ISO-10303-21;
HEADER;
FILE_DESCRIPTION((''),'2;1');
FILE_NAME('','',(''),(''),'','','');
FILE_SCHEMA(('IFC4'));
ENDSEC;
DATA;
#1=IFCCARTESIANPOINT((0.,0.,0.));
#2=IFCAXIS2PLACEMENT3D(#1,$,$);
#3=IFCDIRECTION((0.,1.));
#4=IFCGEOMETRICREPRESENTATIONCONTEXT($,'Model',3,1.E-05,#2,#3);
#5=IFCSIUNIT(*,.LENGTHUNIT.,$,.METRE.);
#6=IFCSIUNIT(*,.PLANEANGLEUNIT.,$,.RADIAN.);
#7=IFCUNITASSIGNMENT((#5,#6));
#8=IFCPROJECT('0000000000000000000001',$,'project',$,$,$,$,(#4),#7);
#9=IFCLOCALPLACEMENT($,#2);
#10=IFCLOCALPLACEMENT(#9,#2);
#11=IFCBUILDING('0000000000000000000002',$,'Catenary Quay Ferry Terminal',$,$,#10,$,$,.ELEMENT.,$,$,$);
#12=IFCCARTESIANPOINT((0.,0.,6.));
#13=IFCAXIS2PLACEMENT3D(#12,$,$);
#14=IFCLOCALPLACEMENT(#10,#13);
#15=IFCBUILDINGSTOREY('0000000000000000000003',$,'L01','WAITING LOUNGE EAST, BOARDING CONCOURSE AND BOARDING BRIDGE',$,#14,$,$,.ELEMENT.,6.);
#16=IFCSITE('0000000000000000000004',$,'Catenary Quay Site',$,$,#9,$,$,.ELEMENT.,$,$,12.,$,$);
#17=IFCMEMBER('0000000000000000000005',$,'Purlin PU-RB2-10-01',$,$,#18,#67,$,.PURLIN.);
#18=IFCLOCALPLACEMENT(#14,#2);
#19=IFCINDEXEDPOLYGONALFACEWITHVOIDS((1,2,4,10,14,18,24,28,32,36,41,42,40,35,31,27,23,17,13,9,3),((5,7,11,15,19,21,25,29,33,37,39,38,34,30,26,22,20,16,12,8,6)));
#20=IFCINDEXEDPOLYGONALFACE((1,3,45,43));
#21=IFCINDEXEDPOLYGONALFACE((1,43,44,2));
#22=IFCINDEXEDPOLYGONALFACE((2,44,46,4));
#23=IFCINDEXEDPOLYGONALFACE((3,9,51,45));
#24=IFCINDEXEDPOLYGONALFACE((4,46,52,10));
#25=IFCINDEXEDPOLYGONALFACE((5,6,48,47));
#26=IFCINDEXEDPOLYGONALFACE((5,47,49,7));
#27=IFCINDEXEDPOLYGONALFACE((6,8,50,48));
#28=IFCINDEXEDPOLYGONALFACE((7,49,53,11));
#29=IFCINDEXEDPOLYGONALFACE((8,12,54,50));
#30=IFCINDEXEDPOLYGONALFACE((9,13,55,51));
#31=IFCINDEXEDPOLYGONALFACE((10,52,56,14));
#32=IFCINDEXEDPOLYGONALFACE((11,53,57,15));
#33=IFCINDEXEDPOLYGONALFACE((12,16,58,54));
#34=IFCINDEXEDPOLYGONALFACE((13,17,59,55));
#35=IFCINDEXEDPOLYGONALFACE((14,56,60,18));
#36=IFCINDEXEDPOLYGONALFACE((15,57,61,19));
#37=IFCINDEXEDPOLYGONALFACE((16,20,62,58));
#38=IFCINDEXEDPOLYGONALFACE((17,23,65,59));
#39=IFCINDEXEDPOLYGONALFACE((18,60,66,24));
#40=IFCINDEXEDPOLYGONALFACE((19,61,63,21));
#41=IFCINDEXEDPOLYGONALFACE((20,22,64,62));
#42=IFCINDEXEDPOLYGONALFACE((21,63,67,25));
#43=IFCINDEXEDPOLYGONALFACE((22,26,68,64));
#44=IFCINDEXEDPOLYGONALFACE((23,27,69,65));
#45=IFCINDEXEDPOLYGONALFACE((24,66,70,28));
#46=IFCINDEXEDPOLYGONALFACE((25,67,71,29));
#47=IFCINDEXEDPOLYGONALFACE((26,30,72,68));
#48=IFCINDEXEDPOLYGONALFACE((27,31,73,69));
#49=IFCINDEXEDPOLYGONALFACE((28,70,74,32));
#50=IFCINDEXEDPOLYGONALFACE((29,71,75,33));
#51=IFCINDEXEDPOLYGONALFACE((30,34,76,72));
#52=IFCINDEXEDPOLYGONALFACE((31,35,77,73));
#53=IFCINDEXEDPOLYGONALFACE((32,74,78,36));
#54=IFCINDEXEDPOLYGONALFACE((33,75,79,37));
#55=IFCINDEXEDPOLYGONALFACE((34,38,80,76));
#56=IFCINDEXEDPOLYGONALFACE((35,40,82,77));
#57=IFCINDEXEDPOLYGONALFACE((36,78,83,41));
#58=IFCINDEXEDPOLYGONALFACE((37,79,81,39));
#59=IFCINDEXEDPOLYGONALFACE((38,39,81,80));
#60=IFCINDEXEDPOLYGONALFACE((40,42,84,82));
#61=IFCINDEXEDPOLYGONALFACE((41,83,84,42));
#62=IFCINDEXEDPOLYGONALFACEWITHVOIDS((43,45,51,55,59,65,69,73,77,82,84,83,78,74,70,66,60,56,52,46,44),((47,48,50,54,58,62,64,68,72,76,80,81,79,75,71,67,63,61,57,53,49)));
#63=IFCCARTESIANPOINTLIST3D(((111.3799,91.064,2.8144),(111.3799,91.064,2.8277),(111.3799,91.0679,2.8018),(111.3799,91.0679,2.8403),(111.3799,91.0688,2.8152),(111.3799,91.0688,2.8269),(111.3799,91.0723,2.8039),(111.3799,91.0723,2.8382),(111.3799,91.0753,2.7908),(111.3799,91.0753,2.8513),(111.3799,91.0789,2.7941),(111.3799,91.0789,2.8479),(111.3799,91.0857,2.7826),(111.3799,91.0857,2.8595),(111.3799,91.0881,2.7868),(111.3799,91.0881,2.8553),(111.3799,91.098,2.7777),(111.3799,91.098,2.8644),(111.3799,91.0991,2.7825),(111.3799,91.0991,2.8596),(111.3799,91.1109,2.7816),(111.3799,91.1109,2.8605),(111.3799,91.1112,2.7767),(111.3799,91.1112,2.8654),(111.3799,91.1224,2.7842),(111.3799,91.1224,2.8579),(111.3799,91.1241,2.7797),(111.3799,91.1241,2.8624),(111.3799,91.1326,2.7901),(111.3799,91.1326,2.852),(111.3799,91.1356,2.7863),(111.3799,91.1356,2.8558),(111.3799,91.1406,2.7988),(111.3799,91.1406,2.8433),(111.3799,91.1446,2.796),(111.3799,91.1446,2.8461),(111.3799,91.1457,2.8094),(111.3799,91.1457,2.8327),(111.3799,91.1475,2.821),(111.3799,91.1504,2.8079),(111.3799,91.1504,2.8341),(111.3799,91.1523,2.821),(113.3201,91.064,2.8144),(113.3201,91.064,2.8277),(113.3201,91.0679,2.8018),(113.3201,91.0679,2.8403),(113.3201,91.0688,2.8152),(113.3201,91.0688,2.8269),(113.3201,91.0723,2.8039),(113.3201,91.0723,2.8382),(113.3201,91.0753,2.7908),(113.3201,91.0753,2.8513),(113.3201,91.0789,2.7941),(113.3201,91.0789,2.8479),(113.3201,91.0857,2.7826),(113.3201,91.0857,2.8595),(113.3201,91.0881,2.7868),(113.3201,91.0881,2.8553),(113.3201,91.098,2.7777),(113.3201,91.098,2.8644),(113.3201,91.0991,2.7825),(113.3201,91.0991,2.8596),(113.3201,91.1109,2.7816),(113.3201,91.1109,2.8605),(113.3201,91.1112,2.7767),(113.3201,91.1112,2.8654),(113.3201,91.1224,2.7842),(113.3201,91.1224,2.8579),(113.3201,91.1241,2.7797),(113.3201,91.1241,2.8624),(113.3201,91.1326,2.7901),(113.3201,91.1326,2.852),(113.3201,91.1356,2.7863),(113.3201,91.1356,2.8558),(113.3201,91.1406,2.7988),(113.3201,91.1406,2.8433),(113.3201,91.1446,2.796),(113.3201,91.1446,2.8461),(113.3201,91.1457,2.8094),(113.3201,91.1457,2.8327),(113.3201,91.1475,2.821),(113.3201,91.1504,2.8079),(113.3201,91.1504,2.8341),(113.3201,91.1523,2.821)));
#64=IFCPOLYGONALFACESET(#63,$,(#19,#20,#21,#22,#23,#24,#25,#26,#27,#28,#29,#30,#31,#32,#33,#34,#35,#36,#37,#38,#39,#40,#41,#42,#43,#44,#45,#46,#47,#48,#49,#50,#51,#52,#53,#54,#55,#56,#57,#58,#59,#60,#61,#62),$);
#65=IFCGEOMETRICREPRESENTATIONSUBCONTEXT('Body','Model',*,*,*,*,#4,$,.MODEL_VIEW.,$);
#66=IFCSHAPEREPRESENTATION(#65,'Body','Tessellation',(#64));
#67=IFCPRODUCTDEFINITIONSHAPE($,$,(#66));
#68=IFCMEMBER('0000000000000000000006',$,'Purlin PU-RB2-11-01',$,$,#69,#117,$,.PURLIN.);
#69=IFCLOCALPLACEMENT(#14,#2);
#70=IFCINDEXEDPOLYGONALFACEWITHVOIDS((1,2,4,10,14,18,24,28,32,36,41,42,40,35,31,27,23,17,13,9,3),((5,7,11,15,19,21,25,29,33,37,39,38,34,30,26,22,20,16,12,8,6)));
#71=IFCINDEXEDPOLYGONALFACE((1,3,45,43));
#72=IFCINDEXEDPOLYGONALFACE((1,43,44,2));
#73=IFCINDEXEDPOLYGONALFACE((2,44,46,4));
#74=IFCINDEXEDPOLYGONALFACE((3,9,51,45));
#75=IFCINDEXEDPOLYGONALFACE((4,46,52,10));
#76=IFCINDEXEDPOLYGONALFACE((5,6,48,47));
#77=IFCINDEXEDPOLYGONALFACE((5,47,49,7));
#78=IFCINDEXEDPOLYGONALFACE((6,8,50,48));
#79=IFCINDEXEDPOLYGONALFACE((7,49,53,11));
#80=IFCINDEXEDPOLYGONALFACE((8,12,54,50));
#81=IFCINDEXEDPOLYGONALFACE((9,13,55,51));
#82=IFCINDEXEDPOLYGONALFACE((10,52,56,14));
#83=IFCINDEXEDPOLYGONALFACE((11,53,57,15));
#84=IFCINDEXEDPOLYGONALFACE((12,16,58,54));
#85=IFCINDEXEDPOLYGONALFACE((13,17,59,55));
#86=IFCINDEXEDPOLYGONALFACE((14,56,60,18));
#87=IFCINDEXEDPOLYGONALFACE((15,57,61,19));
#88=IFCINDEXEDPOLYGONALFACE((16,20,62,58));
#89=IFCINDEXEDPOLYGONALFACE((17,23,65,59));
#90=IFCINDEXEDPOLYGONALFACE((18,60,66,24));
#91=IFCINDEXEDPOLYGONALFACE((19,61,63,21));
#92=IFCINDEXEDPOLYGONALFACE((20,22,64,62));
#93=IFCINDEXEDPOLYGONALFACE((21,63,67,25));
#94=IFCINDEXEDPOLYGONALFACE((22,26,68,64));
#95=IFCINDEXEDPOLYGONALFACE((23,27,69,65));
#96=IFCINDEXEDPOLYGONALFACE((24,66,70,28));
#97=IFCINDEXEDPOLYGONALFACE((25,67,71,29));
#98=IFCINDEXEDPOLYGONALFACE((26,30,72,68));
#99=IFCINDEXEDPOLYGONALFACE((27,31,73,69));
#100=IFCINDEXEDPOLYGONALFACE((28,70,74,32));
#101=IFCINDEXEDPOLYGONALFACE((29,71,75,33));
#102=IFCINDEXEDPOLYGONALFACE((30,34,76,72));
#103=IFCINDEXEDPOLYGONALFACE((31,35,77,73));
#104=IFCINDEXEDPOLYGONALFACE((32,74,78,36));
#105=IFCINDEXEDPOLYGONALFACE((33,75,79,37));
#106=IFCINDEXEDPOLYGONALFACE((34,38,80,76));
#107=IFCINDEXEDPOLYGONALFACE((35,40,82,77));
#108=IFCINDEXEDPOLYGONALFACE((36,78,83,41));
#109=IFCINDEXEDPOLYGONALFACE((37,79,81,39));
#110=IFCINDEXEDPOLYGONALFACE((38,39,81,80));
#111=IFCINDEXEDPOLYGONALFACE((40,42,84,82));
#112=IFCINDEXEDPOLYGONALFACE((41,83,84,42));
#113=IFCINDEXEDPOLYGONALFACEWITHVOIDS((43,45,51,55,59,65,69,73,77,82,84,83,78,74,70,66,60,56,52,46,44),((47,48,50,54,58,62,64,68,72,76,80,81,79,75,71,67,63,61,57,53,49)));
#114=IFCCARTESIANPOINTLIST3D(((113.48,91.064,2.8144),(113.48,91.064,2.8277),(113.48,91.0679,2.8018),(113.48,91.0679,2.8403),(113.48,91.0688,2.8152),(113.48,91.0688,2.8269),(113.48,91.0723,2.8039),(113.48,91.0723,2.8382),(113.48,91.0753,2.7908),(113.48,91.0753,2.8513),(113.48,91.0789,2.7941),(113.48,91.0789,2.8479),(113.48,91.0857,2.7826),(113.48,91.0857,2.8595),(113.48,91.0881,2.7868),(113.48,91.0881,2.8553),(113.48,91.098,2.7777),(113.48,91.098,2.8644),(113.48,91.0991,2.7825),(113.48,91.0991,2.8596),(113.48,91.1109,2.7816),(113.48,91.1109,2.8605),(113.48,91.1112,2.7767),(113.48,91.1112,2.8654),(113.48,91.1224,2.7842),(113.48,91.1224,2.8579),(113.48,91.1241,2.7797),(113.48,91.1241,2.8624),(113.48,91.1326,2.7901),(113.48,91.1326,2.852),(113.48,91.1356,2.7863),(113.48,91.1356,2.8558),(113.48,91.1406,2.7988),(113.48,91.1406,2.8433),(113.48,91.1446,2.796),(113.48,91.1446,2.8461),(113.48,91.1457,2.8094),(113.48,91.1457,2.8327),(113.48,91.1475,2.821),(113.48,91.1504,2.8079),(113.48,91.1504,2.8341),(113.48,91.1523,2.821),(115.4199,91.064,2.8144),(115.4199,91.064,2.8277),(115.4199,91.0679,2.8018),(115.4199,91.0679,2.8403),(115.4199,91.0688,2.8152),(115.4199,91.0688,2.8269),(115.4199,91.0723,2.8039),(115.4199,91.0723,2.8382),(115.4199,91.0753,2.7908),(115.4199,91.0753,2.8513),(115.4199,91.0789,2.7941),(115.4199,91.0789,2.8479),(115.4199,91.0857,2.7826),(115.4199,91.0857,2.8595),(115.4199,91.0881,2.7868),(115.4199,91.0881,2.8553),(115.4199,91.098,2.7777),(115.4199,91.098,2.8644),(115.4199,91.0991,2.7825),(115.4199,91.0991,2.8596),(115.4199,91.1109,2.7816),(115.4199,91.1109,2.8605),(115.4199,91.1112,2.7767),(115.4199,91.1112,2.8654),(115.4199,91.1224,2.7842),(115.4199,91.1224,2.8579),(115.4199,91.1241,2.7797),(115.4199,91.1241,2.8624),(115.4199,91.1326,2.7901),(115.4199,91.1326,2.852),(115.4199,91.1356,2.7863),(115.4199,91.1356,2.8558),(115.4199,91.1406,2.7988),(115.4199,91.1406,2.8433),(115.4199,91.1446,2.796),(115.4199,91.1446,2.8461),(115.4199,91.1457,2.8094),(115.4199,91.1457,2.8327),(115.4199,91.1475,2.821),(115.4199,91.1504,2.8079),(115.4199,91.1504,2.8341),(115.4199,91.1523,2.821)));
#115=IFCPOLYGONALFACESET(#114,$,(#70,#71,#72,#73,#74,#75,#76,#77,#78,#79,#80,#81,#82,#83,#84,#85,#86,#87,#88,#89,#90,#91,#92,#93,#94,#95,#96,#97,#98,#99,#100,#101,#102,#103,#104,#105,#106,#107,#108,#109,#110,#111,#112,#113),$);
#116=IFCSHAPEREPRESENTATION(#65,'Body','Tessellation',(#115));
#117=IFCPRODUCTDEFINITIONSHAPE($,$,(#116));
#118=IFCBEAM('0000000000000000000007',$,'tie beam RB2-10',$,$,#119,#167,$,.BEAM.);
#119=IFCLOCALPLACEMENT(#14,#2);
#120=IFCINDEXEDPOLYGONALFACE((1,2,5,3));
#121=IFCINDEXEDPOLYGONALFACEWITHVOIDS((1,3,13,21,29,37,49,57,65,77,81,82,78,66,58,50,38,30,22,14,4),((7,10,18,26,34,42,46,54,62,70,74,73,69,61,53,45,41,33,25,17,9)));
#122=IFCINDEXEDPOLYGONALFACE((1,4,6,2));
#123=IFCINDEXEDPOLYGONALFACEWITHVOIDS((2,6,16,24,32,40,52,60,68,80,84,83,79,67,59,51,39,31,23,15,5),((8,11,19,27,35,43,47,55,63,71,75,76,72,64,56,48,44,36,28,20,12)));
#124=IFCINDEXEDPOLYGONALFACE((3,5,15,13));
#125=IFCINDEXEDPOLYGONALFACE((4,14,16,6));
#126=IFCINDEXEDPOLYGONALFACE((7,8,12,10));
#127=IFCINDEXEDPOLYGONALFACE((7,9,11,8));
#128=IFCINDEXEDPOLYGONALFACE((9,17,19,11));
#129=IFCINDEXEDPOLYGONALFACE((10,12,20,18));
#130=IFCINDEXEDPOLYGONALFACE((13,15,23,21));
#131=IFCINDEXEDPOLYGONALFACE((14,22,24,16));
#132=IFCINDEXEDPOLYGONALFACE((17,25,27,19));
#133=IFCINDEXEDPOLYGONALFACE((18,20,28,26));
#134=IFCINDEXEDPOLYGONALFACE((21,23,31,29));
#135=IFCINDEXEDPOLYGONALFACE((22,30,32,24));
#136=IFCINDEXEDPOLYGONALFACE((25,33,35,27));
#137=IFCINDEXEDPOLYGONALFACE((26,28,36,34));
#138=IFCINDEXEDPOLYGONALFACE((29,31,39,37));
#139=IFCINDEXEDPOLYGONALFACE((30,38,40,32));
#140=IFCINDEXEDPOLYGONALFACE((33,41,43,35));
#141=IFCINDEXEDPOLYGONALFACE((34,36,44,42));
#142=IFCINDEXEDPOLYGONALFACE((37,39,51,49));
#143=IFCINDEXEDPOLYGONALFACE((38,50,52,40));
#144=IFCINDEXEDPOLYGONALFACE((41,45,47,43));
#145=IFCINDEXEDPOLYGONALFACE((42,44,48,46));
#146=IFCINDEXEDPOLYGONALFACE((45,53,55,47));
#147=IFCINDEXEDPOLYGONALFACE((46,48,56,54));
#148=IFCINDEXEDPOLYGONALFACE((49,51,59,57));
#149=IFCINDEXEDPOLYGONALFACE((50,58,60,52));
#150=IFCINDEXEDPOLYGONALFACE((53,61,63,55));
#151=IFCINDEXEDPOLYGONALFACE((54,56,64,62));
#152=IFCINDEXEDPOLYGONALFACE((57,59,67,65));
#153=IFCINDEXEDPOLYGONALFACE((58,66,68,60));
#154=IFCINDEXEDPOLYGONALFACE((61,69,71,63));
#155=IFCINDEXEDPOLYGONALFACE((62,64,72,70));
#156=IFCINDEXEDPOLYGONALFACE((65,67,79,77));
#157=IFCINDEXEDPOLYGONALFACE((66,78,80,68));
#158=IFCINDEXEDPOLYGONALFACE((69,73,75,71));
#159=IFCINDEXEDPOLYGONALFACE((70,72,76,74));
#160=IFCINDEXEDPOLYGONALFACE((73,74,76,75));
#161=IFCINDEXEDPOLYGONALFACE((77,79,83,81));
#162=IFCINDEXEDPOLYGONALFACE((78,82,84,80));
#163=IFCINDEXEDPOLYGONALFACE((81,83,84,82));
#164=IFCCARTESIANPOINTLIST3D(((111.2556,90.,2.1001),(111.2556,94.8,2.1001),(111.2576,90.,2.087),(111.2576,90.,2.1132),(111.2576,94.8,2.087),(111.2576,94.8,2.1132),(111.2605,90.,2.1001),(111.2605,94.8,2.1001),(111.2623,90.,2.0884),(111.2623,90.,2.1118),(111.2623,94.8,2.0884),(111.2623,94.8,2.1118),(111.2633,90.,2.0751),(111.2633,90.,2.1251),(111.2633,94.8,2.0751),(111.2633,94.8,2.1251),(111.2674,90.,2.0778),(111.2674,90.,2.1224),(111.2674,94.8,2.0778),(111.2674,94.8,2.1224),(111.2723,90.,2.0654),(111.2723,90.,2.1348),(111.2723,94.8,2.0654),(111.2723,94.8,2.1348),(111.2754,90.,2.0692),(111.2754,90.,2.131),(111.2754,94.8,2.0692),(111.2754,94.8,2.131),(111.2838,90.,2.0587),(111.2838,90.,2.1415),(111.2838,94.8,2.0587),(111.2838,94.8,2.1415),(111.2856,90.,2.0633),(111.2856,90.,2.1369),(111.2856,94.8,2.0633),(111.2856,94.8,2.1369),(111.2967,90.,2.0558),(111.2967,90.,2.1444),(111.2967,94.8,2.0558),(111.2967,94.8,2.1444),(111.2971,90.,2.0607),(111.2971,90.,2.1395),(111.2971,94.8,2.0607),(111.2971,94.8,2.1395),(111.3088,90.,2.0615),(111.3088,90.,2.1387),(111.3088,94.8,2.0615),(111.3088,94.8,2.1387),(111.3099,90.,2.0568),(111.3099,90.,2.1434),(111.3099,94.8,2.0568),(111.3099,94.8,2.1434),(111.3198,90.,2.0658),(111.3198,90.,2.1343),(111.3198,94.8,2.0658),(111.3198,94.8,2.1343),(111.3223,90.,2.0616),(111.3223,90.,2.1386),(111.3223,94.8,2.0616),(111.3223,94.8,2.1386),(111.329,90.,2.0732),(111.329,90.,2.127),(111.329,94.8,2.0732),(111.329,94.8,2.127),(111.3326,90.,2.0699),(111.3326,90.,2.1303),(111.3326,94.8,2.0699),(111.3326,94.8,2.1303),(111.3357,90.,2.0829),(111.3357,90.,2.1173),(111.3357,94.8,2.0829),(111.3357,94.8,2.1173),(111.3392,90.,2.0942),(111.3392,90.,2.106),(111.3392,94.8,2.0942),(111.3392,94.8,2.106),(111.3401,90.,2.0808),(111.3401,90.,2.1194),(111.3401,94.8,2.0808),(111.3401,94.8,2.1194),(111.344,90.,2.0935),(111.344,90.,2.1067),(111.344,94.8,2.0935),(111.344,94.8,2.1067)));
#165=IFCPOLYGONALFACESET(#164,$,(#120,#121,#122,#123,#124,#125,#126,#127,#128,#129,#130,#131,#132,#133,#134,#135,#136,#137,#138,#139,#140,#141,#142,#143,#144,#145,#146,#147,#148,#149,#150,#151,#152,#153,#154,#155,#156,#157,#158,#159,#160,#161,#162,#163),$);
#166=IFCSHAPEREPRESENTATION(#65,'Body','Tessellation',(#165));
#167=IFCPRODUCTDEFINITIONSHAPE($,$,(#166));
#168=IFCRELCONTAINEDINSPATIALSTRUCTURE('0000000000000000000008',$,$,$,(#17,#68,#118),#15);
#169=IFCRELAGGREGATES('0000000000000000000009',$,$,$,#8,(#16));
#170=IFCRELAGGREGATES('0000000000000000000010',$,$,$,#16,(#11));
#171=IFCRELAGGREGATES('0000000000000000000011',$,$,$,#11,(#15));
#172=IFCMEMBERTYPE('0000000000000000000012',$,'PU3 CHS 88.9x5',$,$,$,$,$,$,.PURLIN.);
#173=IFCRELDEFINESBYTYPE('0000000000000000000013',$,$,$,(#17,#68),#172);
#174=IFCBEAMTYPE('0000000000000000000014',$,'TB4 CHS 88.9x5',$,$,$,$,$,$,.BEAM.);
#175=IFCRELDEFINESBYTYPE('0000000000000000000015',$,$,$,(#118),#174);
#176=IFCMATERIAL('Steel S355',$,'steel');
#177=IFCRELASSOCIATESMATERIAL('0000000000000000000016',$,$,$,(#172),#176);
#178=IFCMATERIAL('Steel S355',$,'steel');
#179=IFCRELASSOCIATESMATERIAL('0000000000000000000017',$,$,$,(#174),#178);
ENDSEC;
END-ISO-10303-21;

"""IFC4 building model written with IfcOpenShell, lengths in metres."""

from ifc_helpers import new_model, si_unit, direction, frame, origin, origin_2d, place, context, subcontext, project, spatial, hollow_circle, extrude, material, material_profile, profile_set, type_object, element, save


model = new_model("IFC4")

# Units and contexts
model_context = context("Model", 3, precision=1e-05, world=origin(), true_north=direction((0.0, 1.0)))
body_context = subcontext(model_context, "Body", "Model", "MODEL_VIEW")
ifc_project = project(units=[si_unit("LENGTHUNIT", "METRE"), si_unit("PLANEANGLEUNIT", "RADIAN")], contexts=[model_context])

# Site, building, storey
site_placement = place(None, origin())
site = spatial("IfcSite", under=ifc_project, at=site_placement, Name="Catenary Quay Site", CompositionType="ELEMENT", RefElevation=12.0)
building_placement = place(site_placement, origin())
building = spatial("IfcBuilding", under=site, at=building_placement, Name="Catenary Quay Ferry Terminal", CompositionType="ELEMENT")
storey_placement = place(building_placement, frame((0.0, 0.0, 6.0)))
storey = spatial("IfcBuildingStorey", under=building, at=storey_placement, Name="L01", Description="WAITING LOUNGE EAST, BOARDING CONCOURSE AND BOARDING BRIDGE", CompositionType="ELEMENT", Elevation=6.0)

# Members
ifc_material_1 = material(Name="Steel S355", Category="steel")
ifc_material_profile_1 = material_profile(ifc_material_1, hollow_circle(Radius=0.0444, WallThickness=0.0049, at=origin_2d()), Name="CHS 88.9x5")
ifc_profile_set_1 = profile_set([ifc_material_profile_1], Name="Steel S355")
member_type_1 = type_object("IfcMemberType", Name="PU3 CHS 88.9x5", PredefinedType="PURLIN", material=ifc_profile_set_1)
member_1_placement = place(storey_placement, frame((111.3799, 91.1079, 2.821), z_axis=(1.0, 0.0, 0.0), x_axis=(0.0, 1.0, 0.0)))
element("IfcMember", 1, at=member_1_placement, inside=storey, type_object=member_type_1, Name="Purlin PU-RB2-10-01", PredefinedType="PURLIN", context=body_context, shape_type="SweptSolid", body=[
    extrude(hollow_circle(Radius=0.0444, WallThickness=0.0049, at=origin_2d()), origin(), (0.0, 0.0, 1.0), 1.9402),
])
member_2_placement = place(storey_placement, frame((113.48, 91.1079, 2.821), z_axis=(1.0, 0.0, 0.0), x_axis=(0.0, 1.0, 0.0)))
element("IfcMember", 2, at=member_2_placement, inside=storey, type_object=member_type_1, Name="Purlin PU-RB2-11-01", PredefinedType="PURLIN", context=body_context, shape_type="SweptSolid", body=[
    extrude(hollow_circle(Radius=0.0444, WallThickness=0.0049, at=origin_2d()), origin(), (0.0, 0.0, 1.0), 1.9399),
])

# Beam
ifc_material_2 = material(Name="Steel S355", Category="steel")
ifc_material_profile_2 = material_profile(ifc_material_2, hollow_circle(Radius=0.0444, WallThickness=0.0049, at=origin_2d()), Name="CHS 88.9x5")
ifc_profile_set_2 = profile_set([ifc_material_profile_2], Name="Steel S355")
beam_type_1 = type_object("IfcBeamType", Name="TB4 CHS 88.9x5", PredefinedType="BEAM", material=ifc_profile_set_2)
for number, where, z_axis, x_axis, name in (
    (3, (111.3, 90.0, 2.1001), (0.0, 1.0, 0.0), (-1.0, 0.0, 0.0), "tie beam RB2-10"),
):
    element("IfcBeam", number, at=place(storey_placement, frame(where, z_axis=z_axis, x_axis=x_axis)), inside=storey, type_object=beam_type_1, Name=name, PredefinedType="BEAM", context=body_context, shape_type="SweptSolid", body=[
        extrude(hollow_circle(Radius=0.0444, WallThickness=0.0049, at=origin_2d()), origin(), (0.0, 0.0, 1.0), 4.8),
    ])

save(model, "model.ifc")
